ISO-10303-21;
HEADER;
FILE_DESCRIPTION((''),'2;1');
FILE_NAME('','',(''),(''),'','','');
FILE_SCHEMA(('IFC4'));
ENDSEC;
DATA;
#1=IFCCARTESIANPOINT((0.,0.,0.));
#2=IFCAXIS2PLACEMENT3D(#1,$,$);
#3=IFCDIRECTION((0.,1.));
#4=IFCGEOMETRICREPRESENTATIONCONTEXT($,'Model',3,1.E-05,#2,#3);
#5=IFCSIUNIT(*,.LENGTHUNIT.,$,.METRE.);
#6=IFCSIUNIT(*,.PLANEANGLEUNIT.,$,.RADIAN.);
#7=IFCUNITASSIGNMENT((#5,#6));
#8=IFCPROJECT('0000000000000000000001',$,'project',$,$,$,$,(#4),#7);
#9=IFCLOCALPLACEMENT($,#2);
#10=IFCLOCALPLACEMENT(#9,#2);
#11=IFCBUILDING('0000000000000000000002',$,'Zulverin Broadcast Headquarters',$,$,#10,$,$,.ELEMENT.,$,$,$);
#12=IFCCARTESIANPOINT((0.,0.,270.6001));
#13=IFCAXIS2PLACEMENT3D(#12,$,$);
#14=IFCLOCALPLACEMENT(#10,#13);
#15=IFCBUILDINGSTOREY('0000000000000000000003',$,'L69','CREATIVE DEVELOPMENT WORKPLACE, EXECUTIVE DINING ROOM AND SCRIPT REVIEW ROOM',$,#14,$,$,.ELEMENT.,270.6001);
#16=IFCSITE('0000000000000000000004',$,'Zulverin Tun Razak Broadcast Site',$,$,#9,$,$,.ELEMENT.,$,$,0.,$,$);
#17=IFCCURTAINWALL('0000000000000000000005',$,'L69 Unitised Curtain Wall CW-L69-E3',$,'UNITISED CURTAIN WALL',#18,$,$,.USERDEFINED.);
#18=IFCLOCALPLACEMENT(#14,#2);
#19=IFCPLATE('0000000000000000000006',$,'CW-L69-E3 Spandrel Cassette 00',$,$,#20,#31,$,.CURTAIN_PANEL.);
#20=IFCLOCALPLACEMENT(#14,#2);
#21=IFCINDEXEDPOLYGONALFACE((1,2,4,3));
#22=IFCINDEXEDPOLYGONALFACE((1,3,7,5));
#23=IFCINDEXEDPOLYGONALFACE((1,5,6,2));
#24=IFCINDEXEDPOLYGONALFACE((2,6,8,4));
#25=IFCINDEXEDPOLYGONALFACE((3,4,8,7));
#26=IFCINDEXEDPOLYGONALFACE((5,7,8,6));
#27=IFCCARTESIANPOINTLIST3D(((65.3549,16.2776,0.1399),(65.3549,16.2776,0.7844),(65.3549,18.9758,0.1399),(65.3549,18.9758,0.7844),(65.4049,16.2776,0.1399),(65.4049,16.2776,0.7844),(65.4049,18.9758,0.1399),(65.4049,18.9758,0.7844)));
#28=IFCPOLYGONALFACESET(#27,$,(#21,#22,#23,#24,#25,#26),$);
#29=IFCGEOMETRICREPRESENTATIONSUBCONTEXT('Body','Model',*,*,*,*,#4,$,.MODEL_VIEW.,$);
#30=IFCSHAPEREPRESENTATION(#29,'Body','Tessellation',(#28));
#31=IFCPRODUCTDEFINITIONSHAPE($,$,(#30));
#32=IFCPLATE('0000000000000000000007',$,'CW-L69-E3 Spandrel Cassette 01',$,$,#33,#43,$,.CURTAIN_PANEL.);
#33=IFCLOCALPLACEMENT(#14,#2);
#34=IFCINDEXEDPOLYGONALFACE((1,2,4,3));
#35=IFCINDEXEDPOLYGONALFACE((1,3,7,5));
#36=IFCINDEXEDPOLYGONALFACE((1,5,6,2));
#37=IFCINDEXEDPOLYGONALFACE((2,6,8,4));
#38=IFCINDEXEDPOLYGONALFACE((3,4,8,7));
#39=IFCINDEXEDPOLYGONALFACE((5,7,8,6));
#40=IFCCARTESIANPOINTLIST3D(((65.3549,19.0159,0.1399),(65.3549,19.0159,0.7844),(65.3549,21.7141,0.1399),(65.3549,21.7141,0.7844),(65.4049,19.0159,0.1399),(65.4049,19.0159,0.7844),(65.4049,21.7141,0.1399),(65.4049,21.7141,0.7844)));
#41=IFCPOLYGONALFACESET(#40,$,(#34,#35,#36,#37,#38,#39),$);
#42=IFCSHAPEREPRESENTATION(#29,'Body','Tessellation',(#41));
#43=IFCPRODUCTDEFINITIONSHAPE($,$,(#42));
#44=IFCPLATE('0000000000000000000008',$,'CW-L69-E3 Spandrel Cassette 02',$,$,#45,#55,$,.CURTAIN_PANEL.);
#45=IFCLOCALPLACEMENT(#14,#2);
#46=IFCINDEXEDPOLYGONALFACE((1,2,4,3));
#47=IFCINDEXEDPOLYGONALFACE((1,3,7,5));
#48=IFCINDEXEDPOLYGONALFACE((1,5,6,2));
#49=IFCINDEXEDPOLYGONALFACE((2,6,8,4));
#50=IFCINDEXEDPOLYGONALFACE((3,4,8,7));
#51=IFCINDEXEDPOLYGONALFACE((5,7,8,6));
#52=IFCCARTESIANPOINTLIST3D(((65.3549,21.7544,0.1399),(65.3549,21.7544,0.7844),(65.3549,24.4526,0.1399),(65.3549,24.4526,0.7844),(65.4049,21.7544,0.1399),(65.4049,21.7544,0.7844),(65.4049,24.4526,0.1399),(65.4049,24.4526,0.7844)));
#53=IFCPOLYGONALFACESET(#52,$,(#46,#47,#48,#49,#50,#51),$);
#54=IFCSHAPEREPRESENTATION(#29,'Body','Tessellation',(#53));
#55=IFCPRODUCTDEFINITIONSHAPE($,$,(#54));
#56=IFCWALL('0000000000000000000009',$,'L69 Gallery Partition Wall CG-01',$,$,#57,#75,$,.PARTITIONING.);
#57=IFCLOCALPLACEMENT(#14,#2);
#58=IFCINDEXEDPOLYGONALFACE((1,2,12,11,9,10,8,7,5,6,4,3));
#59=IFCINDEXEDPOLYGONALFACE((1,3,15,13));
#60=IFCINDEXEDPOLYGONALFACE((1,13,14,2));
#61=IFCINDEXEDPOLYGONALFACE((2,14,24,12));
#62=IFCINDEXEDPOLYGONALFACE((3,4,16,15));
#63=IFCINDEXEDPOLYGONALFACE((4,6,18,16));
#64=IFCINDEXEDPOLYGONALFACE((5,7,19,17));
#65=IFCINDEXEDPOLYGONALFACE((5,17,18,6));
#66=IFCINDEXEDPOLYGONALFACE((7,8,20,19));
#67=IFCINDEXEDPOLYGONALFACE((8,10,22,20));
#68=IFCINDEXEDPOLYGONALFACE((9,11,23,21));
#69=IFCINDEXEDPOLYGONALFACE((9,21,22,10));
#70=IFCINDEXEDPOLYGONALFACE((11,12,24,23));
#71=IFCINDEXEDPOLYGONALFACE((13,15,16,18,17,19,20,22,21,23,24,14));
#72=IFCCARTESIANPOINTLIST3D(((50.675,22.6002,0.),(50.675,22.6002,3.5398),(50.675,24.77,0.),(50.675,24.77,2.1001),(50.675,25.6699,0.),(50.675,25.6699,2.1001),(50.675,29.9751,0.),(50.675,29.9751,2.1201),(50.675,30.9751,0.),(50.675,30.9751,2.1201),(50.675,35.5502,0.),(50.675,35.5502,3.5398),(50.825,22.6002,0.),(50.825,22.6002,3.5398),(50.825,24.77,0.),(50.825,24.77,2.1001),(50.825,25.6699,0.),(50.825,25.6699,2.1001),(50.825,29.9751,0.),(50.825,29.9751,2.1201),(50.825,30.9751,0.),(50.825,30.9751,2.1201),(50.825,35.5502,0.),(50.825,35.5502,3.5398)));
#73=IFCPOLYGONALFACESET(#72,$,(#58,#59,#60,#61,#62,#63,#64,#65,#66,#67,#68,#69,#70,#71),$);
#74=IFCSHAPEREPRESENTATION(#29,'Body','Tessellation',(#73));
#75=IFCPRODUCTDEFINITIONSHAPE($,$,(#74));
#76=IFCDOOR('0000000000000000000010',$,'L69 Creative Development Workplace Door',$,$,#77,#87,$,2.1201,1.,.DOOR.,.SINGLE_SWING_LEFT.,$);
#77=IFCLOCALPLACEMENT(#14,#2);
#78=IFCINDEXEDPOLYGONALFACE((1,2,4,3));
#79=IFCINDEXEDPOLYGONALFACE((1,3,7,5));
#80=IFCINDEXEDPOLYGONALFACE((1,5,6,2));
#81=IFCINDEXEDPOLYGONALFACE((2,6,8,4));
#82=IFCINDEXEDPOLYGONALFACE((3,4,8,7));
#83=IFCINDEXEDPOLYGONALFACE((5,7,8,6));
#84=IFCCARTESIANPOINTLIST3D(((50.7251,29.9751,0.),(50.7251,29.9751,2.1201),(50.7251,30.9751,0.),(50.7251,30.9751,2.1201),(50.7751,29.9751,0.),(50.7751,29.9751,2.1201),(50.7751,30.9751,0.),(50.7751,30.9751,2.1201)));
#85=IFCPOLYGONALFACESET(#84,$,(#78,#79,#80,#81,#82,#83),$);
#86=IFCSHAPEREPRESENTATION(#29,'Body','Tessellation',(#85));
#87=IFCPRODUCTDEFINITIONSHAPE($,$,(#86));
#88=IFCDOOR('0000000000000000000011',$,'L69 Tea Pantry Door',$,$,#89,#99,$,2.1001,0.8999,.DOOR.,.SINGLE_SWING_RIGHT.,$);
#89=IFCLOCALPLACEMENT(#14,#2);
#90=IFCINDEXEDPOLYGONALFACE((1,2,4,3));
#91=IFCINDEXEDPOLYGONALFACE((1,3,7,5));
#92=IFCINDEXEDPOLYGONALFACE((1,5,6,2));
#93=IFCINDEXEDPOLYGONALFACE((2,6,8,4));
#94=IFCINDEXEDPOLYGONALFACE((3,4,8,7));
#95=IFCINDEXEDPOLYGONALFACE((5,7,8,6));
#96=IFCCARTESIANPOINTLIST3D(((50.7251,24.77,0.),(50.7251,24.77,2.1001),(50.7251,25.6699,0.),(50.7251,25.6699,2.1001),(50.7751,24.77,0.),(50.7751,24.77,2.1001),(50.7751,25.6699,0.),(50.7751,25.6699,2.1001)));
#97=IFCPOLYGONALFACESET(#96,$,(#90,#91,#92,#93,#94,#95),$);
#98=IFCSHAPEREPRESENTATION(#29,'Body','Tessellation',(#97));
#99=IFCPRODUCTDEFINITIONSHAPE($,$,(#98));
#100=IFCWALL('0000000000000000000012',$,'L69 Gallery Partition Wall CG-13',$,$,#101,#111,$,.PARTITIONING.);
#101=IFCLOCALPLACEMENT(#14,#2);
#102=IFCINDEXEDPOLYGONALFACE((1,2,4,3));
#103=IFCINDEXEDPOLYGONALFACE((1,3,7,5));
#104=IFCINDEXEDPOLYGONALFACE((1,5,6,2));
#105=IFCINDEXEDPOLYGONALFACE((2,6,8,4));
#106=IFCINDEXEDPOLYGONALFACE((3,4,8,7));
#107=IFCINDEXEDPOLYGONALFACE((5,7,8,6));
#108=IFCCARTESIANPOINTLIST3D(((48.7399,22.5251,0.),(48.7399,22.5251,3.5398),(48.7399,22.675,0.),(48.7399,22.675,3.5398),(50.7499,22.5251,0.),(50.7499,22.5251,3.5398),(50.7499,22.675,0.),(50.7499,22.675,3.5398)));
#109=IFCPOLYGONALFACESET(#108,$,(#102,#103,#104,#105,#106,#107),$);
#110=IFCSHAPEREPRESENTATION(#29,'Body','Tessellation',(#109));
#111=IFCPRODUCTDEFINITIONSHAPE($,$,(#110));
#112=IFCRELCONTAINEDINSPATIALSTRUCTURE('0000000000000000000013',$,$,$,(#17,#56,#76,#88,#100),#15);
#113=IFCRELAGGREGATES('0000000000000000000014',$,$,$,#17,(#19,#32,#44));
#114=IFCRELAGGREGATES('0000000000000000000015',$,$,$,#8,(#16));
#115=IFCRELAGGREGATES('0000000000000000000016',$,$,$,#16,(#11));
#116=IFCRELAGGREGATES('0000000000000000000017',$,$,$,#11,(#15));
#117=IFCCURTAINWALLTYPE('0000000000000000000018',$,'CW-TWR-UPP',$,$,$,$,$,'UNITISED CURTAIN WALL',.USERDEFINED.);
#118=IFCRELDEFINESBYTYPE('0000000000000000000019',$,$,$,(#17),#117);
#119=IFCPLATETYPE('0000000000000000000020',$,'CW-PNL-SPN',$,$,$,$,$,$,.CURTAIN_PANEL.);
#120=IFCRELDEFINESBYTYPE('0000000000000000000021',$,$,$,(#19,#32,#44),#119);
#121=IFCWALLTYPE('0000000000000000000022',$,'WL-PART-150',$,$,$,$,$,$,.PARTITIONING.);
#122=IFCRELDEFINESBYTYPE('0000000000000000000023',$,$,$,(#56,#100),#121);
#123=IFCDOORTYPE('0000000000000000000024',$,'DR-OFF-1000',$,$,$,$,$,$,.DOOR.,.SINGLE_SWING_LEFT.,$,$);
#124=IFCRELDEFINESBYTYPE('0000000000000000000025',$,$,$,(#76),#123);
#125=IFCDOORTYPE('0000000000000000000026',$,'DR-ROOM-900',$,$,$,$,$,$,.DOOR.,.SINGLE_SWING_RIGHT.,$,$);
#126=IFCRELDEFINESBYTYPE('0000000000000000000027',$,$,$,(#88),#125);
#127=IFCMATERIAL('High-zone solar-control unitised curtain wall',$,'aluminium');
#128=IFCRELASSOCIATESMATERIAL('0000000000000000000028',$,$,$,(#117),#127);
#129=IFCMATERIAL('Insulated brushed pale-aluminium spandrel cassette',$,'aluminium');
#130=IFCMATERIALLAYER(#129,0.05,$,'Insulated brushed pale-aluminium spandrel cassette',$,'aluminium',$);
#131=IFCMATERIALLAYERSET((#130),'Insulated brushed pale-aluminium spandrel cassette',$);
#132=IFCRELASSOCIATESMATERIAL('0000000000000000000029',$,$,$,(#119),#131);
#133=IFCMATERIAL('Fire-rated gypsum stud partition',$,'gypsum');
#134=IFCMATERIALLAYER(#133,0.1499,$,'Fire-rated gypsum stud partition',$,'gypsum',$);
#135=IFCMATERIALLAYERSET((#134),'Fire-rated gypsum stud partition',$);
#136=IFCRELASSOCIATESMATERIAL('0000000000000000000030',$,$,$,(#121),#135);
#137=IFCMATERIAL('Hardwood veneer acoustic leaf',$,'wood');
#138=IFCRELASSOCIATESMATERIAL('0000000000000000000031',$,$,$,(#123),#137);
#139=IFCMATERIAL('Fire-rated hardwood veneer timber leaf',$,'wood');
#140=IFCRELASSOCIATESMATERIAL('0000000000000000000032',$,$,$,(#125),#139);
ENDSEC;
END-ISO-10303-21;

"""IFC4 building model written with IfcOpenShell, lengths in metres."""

from ifc_helpers import new_model, si_unit, direction, frame, frame_2d, origin, origin_2d, place, context, subcontext, project, spatial, rectangle, extrude, material, layer, layer_set, type_object, element, fill, aggregate, save


model = new_model("IFC4")

# Units and contexts
model_context = context("Model", 3, precision=1e-05, world=origin(), true_north=direction((0.0, 1.0)))
body_context = subcontext(model_context, "Body", "Model", "MODEL_VIEW")
ifc_project = project(units=[si_unit("LENGTHUNIT", "METRE"), si_unit("PLANEANGLEUNIT", "RADIAN")], contexts=[model_context])

# Site, building, storey
site_placement = place(None, origin())
site = spatial("IfcSite", under=ifc_project, at=site_placement, Name="Zulverin Tun Razak Broadcast Site", CompositionType="ELEMENT", RefElevation=0.0)
building_placement = place(site_placement, origin())
building = spatial("IfcBuilding", under=site, at=building_placement, Name="Zulverin Broadcast Headquarters", CompositionType="ELEMENT")
storey_placement = place(building_placement, frame((0.0, 0.0, 270.6001)))
storey = spatial("IfcBuildingStorey", under=building, at=storey_placement, Name="L69", Description="CREATIVE DEVELOPMENT WORKPLACE, EXECUTIVE DINING ROOM AND SCRIPT REVIEW ROOM", CompositionType="ELEMENT", Elevation=270.6001)

# Curtain wall, plates
ifc_material_1 = material(Name="High-zone solar-control unitised curtain wall", Category="aluminium")
curtain_wall_type = type_object("IfcCurtainWallType", Name="CW-TWR-UPP", ElementType="UNITISED CURTAIN WALL", PredefinedType="USERDEFINED", material=ifc_material_1)
curtain_wall_placement = place(storey_placement, origin())
curtain_wall = element("IfcCurtainWall", 1, at=curtain_wall_placement, inside=storey, type_object=curtain_wall_type, Name="L69 Unitised Curtain Wall CW-L69-E3", ObjectType="UNITISED CURTAIN WALL", PredefinedType="USERDEFINED")
ifc_material_2 = material(Name="Insulated brushed pale-aluminium spandrel cassette", Category="aluminium")
ifc_layer_1 = layer(ifc_material_2, 0.05, Name="Insulated brushed pale-aluminium spandrel cassette", Category="aluminium")
ifc_layer_set_1 = layer_set([ifc_layer_1], Name="Insulated brushed pale-aluminium spandrel cassette")
plate_type_1 = type_object("IfcPlateType", Name="CW-PNL-SPN", PredefinedType="CURTAIN_PANEL", material=ifc_layer_set_1)
plate_1_placement = place(storey_placement, frame((65.3799, 17.6267, 0.1399), z_axis=(0.0, 0.0, 1.0), x_axis=(0.0, 1.0, 0.0)))
plate_1 = element("IfcPlate", 2, at=plate_1_placement, type_object=plate_type_1, Name="CW-L69-E3 Spandrel Cassette 00", PredefinedType="CURTAIN_PANEL", context=body_context, shape_type="SweptSolid", body=[
    extrude(rectangle(XDim=2.6982, YDim=0.05, at=origin_2d()), origin(), (0.0, 0.0, 1.0), 0.6445),
])
plate_2_placement = place(storey_placement, frame((65.3799, 20.365, 0.1399), z_axis=(0.0, 0.0, 1.0), x_axis=(0.0, 1.0, 0.0)))
plate_2 = element("IfcPlate", 3, at=plate_2_placement, type_object=plate_type_1, Name="CW-L69-E3 Spandrel Cassette 01", PredefinedType="CURTAIN_PANEL", context=body_context, shape_type="SweptSolid", body=[
    extrude(rectangle(XDim=2.6982, YDim=0.05, at=origin_2d()), origin(), (0.0, 0.0, 1.0), 0.6445),
])
plate_3_placement = place(storey_placement, frame((65.3799, 23.1035, 0.1399), z_axis=(0.0, 0.0, 1.0), x_axis=(0.0, 1.0, 0.0)))
plate_3 = element("IfcPlate", 4, at=plate_3_placement, type_object=plate_type_1, Name="CW-L69-E3 Spandrel Cassette 02", PredefinedType="CURTAIN_PANEL", context=body_context, shape_type="SweptSolid", body=[
    extrude(rectangle(XDim=2.6982, YDim=0.05, at=origin_2d()), origin(), (0.0, 0.0, 1.0), 0.6445),
])
aggregate(curtain_wall, [plate_1, plate_2, plate_3])

# Wall, openings, doors
ifc_material_3 = material(Name="Fire-rated gypsum stud partition", Category="gypsum")
ifc_layer_2 = layer(ifc_material_3, 0.1499, Name="Fire-rated gypsum stud partition", Category="gypsum")
ifc_layer_set_2 = layer_set([ifc_layer_2], Name="Fire-rated gypsum stud partition")
wall_type_1 = type_object("IfcWallType", Name="WL-PART-150", PredefinedType="PARTITIONING", material=ifc_layer_set_2)
wall_1_placement = place(storey_placement, frame((50.75, 22.6001, 0.0), z_axis=(0.0, 0.0, 1.0), x_axis=(0.0, 1.0, 0.0)))
wall_1 = element("IfcWall", 5, at=wall_1_placement, inside=storey, type_object=wall_type_1, Name="L69 Gallery Partition Wall CG-01", PredefinedType="PARTITIONING", context=body_context, shape_type="SweptSolid", body=[
    extrude(rectangle(XDim=12.95, YDim=0.1499, at=frame_2d((6.4751, 0.0))), origin(), (0.0, 0.0, 1.0), 3.5398),
])
opening_1_placement = place(wall_1_placement, frame((2.1699, 0.0, 0.0)))
opening_1 = element("IfcOpeningElement", 6, at=opening_1_placement, cuts=wall_1, PredefinedType="OPENING", context=body_context, shape_type="SweptSolid", body=[
    extrude(rectangle(XDim=0.8999, YDim=2.1001, at=frame_2d((0.45, 1.05))), frame((0.0, 0.085, 0.0), z_axis=(0.0, -1.0, 0.0), x_axis=(1.0, 0.0, 0.0)), (0.0, 0.0, 1.0), 0.1699),
])
opening_2_placement = place(wall_1_placement, frame((7.375, 0.0, 0.0)))
opening_2 = element("IfcOpeningElement", 7, at=opening_2_placement, cuts=wall_1, PredefinedType="OPENING", context=body_context, shape_type="SweptSolid", body=[
    extrude(rectangle(XDim=1.0, YDim=2.1201, at=frame_2d((0.5, 1.0601))), frame((0.0, 0.085, 0.0), z_axis=(0.0, -1.0, 0.0), x_axis=(1.0, 0.0, 0.0)), (0.0, 0.0, 1.0), 0.1699),
])
ifc_material_4 = material(Name="Hardwood veneer acoustic leaf", Category="wood")
door_type_1 = type_object("IfcDoorType", Name="DR-OFF-1000", OperationType="SINGLE_SWING_LEFT", PredefinedType="DOOR", material=ifc_material_4)
door_1_placement = place(opening_2_placement, origin())
door_1 = element("IfcDoor", 8, at=door_1_placement, inside=storey, type_object=door_type_1, Name="L69 Creative Development Workplace Door", OperationType="SINGLE_SWING_LEFT", OverallHeight=2.1201, OverallWidth=1.0, PredefinedType="DOOR", context=body_context, shape_type="SweptSolid", body=[
    extrude(rectangle(XDim=1.0, YDim=2.1201, at=frame_2d((0.5, 1.0601))), frame((0.0, 0.0249, 0.0), z_axis=(0.0, -1.0, 0.0), x_axis=(1.0, 0.0, 0.0)), (0.0, 0.0, 1.0), 0.05),
])
fill(opening_2, door_1)
ifc_material_5 = material(Name="Fire-rated hardwood veneer timber leaf", Category="wood")
door_type_2 = type_object("IfcDoorType", Name="DR-ROOM-900", OperationType="SINGLE_SWING_RIGHT", PredefinedType="DOOR", material=ifc_material_5)
door_2_placement = place(opening_1_placement, origin())
door_2 = element("IfcDoor", 9, at=door_2_placement, inside=storey, type_object=door_type_2, Name="L69 Tea Pantry Door", OperationType="SINGLE_SWING_RIGHT", OverallHeight=2.1001, OverallWidth=0.8999, PredefinedType="DOOR", context=body_context, shape_type="SweptSolid", body=[
    extrude(rectangle(XDim=0.8999, YDim=2.1001, at=frame_2d((0.45, 1.05))), frame((0.0, 0.0249, 0.0), z_axis=(0.0, -1.0, 0.0), x_axis=(1.0, 0.0, 0.0)), (0.0, 0.0, 1.0), 0.05),
])
fill(opening_1, door_2)

# Wall
wall_2_placement = place(storey_placement, frame((48.74, 22.6001, 0.0), z_axis=(0.0, 0.0, 1.0), x_axis=(1.0, 0.0, 0.0)))
element("IfcWall", 10, at=wall_2_placement, inside=storey, type_object=wall_type_1, Name="L69 Gallery Partition Wall CG-13", PredefinedType="PARTITIONING", context=body_context, shape_type="SweptSolid", body=[
    extrude(rectangle(XDim=2.01, YDim=0.1499, at=frame_2d((1.0049, 0.0))), origin(), (0.0, 0.0, 1.0), 3.5398),
])

save(model, "model.ifc")
